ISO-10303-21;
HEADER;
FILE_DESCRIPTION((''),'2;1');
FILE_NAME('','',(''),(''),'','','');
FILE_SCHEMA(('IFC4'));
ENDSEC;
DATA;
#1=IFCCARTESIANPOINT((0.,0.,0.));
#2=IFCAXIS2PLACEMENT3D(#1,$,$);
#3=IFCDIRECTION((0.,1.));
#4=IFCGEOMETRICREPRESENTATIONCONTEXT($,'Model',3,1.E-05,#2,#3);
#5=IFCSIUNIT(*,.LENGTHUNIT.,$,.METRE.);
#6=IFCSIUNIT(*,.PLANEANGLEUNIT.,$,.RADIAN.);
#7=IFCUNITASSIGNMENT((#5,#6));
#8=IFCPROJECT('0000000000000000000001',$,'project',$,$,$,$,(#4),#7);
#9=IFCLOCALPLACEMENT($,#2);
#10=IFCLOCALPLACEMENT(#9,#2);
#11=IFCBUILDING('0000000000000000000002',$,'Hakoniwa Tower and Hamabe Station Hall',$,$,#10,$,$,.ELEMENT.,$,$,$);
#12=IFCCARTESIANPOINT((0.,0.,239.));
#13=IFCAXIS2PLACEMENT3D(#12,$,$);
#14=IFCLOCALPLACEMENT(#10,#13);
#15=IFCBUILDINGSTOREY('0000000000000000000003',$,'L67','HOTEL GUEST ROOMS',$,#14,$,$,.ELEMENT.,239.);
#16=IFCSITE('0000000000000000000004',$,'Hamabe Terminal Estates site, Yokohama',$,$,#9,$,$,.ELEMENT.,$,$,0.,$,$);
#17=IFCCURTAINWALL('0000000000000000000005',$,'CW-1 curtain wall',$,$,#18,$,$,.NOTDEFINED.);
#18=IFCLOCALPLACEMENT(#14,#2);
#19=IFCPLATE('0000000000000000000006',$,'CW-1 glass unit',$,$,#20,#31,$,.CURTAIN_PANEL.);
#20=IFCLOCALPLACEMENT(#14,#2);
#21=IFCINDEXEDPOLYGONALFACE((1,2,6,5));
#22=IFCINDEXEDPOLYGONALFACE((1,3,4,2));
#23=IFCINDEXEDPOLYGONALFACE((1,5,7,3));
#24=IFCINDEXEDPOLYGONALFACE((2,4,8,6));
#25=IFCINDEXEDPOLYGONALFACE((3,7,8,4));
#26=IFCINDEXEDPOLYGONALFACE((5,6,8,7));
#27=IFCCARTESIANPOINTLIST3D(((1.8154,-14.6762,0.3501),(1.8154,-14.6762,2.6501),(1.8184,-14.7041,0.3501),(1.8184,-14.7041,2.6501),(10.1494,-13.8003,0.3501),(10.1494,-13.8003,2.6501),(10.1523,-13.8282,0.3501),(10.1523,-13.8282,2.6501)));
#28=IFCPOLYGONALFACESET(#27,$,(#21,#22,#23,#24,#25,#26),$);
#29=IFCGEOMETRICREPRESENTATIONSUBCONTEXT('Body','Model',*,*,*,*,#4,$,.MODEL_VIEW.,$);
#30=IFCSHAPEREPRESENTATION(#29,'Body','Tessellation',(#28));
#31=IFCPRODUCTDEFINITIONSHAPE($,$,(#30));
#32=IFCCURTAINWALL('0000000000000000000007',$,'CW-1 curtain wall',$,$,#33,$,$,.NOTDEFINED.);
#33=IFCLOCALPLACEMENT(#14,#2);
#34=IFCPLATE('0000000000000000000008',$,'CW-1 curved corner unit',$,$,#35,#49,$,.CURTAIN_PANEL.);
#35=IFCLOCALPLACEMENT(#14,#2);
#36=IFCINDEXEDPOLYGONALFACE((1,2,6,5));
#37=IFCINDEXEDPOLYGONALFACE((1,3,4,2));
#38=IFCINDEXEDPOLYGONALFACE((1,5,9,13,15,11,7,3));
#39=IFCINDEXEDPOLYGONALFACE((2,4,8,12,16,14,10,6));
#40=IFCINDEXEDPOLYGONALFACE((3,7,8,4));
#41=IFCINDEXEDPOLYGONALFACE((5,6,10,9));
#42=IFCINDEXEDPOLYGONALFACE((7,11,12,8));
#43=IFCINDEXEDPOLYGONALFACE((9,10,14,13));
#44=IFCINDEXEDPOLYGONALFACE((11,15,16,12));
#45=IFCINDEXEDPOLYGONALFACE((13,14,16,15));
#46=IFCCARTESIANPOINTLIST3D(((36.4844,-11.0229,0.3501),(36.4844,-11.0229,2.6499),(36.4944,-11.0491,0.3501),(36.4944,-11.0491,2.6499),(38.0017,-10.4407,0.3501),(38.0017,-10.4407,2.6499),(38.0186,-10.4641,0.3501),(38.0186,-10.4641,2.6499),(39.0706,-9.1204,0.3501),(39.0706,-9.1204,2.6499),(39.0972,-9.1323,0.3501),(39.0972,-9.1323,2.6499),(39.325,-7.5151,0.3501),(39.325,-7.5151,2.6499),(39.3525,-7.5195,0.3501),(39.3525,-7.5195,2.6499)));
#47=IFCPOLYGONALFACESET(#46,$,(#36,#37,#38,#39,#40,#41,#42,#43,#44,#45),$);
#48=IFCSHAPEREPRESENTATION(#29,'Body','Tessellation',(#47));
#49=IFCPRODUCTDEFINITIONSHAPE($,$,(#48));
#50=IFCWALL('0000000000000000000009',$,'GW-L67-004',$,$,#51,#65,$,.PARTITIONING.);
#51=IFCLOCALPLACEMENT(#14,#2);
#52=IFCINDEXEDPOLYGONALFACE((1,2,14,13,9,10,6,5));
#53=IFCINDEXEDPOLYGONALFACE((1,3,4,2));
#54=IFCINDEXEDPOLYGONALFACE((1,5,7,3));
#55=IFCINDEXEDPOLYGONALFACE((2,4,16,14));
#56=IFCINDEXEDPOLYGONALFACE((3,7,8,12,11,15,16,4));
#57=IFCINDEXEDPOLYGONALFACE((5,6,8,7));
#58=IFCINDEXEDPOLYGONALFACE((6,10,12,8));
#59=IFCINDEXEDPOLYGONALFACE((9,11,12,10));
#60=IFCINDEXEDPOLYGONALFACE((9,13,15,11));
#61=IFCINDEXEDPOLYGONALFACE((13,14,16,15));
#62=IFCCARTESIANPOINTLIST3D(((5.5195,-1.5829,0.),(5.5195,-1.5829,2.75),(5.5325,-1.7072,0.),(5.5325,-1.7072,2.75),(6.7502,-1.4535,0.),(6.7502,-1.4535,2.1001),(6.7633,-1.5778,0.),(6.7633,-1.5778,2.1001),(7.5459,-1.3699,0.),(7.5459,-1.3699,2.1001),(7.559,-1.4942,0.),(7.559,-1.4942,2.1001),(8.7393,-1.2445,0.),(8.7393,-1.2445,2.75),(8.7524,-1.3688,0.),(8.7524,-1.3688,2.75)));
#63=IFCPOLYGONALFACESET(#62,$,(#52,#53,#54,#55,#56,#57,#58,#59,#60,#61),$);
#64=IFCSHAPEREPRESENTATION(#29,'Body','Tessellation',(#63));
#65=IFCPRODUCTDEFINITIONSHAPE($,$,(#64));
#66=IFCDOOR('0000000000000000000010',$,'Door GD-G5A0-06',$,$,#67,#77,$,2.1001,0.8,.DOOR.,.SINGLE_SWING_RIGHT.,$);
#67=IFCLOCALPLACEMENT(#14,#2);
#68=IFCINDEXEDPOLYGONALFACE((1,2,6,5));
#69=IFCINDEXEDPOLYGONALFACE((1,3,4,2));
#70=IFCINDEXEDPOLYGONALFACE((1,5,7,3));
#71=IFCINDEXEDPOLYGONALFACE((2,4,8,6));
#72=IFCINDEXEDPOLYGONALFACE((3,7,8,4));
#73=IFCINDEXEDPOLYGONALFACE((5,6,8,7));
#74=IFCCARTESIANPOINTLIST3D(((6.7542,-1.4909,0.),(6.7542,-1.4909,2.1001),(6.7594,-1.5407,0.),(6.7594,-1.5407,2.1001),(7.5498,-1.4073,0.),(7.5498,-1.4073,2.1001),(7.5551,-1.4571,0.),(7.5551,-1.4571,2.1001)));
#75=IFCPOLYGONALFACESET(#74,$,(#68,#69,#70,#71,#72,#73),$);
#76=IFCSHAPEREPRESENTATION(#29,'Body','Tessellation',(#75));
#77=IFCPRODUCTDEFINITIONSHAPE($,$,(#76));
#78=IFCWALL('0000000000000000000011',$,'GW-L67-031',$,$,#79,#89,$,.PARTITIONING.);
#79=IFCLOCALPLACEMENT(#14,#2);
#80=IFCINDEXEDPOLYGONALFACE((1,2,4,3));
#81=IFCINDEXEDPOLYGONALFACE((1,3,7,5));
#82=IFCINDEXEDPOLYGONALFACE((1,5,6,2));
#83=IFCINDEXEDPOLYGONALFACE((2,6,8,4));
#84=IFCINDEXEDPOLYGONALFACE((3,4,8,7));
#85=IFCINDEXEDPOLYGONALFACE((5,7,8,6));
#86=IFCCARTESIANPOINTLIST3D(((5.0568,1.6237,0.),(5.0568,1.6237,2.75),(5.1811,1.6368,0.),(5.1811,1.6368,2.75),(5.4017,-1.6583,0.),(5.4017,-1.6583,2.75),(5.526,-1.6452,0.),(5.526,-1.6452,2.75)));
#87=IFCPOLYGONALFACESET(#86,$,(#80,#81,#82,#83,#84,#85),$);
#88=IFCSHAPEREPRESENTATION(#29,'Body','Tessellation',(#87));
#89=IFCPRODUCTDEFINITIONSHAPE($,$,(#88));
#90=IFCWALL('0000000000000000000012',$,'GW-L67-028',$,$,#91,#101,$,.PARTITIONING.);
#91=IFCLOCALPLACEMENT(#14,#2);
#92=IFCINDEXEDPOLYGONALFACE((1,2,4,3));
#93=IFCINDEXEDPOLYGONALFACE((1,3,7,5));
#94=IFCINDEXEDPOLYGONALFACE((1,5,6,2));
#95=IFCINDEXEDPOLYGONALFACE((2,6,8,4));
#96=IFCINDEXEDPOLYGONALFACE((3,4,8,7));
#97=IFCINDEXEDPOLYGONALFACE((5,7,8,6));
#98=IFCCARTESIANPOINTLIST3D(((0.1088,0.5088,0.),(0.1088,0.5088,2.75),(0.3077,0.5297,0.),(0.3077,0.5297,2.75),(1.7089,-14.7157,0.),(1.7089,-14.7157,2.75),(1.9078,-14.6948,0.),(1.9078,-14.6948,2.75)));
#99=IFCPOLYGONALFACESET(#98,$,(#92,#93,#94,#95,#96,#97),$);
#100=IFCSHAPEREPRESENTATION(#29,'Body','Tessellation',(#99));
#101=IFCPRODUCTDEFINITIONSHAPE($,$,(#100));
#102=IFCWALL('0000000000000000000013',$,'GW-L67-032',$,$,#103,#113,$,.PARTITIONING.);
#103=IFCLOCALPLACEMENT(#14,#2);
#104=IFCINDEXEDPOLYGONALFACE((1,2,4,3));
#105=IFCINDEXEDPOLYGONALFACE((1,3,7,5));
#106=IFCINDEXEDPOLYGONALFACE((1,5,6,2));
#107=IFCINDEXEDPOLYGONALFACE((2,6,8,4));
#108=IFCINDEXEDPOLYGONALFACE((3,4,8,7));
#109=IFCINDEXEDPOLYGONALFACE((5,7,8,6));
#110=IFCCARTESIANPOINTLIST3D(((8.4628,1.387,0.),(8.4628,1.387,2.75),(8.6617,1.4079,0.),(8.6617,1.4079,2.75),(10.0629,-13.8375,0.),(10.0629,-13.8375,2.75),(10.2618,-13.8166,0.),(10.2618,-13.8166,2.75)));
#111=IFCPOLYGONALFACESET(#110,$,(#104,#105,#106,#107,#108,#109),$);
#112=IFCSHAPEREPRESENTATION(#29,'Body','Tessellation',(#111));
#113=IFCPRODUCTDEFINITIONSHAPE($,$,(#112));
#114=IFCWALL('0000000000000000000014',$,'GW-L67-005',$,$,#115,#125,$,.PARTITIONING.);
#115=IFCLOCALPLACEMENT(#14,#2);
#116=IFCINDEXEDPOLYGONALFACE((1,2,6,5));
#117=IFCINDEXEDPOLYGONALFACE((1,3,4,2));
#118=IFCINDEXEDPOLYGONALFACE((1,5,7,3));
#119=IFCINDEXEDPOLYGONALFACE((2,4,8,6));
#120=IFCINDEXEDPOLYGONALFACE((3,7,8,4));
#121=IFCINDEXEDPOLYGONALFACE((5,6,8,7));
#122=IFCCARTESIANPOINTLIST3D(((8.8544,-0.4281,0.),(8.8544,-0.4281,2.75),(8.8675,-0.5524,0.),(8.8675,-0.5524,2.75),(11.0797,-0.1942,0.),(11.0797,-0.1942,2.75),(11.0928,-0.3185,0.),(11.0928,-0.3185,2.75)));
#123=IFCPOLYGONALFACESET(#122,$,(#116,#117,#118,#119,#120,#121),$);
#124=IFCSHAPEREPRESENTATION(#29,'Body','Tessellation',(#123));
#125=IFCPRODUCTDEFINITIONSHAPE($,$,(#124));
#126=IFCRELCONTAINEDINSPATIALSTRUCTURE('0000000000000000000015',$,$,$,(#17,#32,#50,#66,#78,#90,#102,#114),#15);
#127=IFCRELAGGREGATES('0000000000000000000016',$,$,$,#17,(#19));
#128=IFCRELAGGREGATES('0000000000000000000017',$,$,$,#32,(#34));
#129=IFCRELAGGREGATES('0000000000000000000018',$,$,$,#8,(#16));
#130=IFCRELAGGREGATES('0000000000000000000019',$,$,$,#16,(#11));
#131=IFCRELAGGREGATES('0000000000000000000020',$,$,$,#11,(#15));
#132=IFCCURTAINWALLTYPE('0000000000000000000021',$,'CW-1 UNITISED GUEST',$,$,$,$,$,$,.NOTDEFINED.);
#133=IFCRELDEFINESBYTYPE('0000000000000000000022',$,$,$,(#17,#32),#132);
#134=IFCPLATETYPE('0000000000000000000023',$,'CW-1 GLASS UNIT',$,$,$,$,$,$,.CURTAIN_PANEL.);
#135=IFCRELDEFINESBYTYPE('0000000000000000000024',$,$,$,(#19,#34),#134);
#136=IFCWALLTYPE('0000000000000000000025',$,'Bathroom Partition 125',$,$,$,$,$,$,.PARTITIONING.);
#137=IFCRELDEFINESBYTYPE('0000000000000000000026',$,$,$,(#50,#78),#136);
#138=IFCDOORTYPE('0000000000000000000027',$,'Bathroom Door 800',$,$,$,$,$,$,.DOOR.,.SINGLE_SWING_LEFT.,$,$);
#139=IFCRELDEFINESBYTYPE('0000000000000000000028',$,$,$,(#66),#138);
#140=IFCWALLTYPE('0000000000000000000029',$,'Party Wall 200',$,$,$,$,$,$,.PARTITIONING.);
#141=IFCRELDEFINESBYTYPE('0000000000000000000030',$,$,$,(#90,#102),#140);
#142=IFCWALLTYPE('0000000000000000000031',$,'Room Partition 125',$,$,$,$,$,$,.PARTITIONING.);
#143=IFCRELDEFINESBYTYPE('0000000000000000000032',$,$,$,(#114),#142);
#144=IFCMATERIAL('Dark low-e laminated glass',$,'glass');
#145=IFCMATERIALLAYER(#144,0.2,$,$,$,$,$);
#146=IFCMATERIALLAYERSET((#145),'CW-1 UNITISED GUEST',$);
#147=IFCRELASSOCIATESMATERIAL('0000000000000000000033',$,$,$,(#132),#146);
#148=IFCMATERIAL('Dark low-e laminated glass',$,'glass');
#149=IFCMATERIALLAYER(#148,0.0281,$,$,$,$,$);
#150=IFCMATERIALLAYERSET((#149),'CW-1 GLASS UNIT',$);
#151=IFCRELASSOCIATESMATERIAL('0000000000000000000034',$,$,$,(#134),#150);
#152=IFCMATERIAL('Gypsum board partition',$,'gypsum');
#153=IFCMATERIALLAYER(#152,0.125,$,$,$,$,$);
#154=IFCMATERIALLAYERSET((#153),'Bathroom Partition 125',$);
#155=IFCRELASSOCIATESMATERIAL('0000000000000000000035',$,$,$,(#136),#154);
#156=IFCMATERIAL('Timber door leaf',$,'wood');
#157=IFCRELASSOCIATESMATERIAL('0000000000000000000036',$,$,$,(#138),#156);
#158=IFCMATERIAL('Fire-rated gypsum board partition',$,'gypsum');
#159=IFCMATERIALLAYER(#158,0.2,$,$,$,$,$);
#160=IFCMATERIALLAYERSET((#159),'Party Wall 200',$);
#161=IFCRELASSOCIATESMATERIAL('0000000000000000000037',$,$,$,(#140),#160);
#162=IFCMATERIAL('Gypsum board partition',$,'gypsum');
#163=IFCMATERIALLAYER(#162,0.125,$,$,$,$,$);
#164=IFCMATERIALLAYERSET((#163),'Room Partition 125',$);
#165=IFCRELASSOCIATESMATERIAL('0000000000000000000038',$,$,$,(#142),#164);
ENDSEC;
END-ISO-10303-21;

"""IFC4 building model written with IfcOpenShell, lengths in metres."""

from ifc_helpers import new_model, si_unit, direction, frame, frame_2d, origin, origin_2d, place, context, subcontext, project, spatial, polyline, rectangle, outline, extrude, material, layer, layer_set, type_object, element, fill, aggregate, save


model = new_model("IFC4")

# Units and contexts
model_context = context("Model", 3, precision=1e-05, world=origin(), true_north=direction((0.0, 1.0)))
body_context = subcontext(model_context, "Body", "Model", "MODEL_VIEW")
ifc_project = project(units=[si_unit("LENGTHUNIT", "METRE"), si_unit("PLANEANGLEUNIT", "RADIAN")], contexts=[model_context])

# Site, building, storey
site_placement = place(None, origin())
site = spatial("IfcSite", under=ifc_project, at=site_placement, Name="Hamabe Terminal Estates site, Yokohama", CompositionType="ELEMENT", RefElevation=0.0)
building_placement = place(site_placement, origin())
building = spatial("IfcBuilding", under=site, at=building_placement, Name="Hakoniwa Tower and Hamabe Station Hall", CompositionType="ELEMENT")
storey_placement = place(building_placement, frame((0.0, 0.0, 239.0)))
storey = spatial("IfcBuildingStorey", under=building, at=storey_placement, Name="L67", Description="HOTEL GUEST ROOMS", CompositionType="ELEMENT", Elevation=239.0)

# Curtain wall
ifc_material_1 = material(Name="Dark low-e laminated glass", Category="glass")
ifc_layer_1 = layer(ifc_material_1, 0.2)
ifc_layer_set_1 = layer_set([ifc_layer_1], Name="CW-1 UNITISED GUEST")
curtain_wall_type = type_object("IfcCurtainWallType", Name="CW-1 UNITISED GUEST", PredefinedType="NOTDEFINED", material=ifc_layer_set_1)
curtain_wall_1_placement = place(storey_placement, origin())
curtain_wall_1 = element("IfcCurtainWall", 1, at=curtain_wall_1_placement, inside=storey, type_object=curtain_wall_type, Name="CW-1 curtain wall", PredefinedType="NOTDEFINED")

# Plate
ifc_material_2 = material(Name="Dark low-e laminated glass", Category="glass")
ifc_layer_2 = layer(ifc_material_2, 0.0281)
ifc_layer_set_2 = layer_set([ifc_layer_2], Name="CW-1 GLASS UNIT")
plate_type = type_object("IfcPlateType", Name="CW-1 GLASS UNIT", PredefinedType="CURTAIN_PANEL", material=ifc_layer_set_2)
plate_1_placement = place(storey_placement, frame((5.9839, -14.2522, 0.3501), z_axis=(0.0, 0.0, 1.0), x_axis=(0.994522, 0.104528, 0.0)))
plate_1 = element("IfcPlate", 2, at=plate_1_placement, type_object=plate_type, Name="CW-1 glass unit", PredefinedType="CURTAIN_PANEL", context=body_context, shape_type="SweptSolid", body=[
    extrude(rectangle(XDim=8.3799, YDim=0.0281, at=origin_2d()), origin(), (0.0, 0.0, 1.0), 2.3),
])
aggregate(curtain_wall_1, [plate_1])

# Curtain wall, plate
curtain_wall_2_placement = place(storey_placement, origin())
curtain_wall_2 = element("IfcCurtainWall", 3, at=curtain_wall_2_placement, inside=storey, type_object=curtain_wall_type, Name="CW-1 curtain wall", PredefinedType="NOTDEFINED")
plate_2_placement = place(storey_placement, frame((0.0, 0.0, 0.3501)))
plate_2 = element("IfcPlate", 4, at=plate_2_placement, type_object=plate_type, Name="CW-1 curved corner unit", PredefinedType="CURTAIN_PANEL", context=body_context, shape_type="SweptSolid", body=[
    extrude(outline(polyline([(36.4944, -11.0491), (38.0186, -10.4641), (39.0972, -9.1323), (39.3525, -7.5195), (39.325, -7.5151), (39.0706, -9.1204), (38.0017, -10.4407), (36.4844, -11.0229), (36.4944, -11.0491)])), origin(), (0.0, 0.0, 1.0), 2.2998),
])
aggregate(curtain_wall_2, [plate_2])

# Wall, opening, door
ifc_material_3 = material(Name="Gypsum board partition", Category="gypsum")
ifc_layer_3 = layer(ifc_material_3, 0.125)
ifc_layer_set_3 = layer_set([ifc_layer_3], Name="Bathroom Partition 125")
wall_type_1 = type_object("IfcWallType", Name="Bathroom Partition 125", PredefinedType="PARTITIONING", material=ifc_layer_set_3)
wall_1_placement = place(storey_placement, frame((5.5261, -1.645, 0.0), z_axis=(0.0, 0.0, 1.0), x_axis=(0.994523, 0.10452, 0.0)))
wall_1 = element("IfcWall", 5, at=wall_1_placement, inside=storey, type_object=wall_type_1, Name="GW-L67-004", PredefinedType="PARTITIONING", context=body_context, shape_type="SweptSolid", body=[
    extrude(rectangle(XDim=3.2375, YDim=0.125, at=frame_2d((1.6187, 0.0))), origin(), (0.0, 0.0, 1.0), 2.75),
])
opening_placement = place(wall_1_placement, frame((1.2375, 0.0, 0.0)))
opening = element("IfcOpeningElement", 6, at=opening_placement, cuts=wall_1, PredefinedType="OPENING", context=body_context, shape_type="SweptSolid", body=[
    extrude(rectangle(XDim=0.8, YDim=2.1001, at=frame_2d((0.3999, 1.05))), frame((0.0, 0.0725, 0.0), z_axis=(0.0, -1.0, 0.0), x_axis=(1.0, 0.0, 0.0)), (0.0, 0.0, 1.0), 0.145),
])
ifc_material_4 = material(Name="Timber door leaf", Category="wood")
door_type = type_object("IfcDoorType", Name="Bathroom Door 800", OperationType="SINGLE_SWING_LEFT", PredefinedType="DOOR", material=ifc_material_4)
door_placement = place(opening_placement, origin())
door = element("IfcDoor", 7, at=door_placement, inside=storey, type_object=door_type, Name="Door GD-G5A0-06", OperationType="SINGLE_SWING_RIGHT", OverallHeight=2.1001, OverallWidth=0.8, PredefinedType="DOOR", context=body_context, shape_type="SweptSolid", body=[
    extrude(rectangle(XDim=0.8, YDim=2.1001, at=frame_2d((0.3999, 1.05))), frame((0.0, 0.0249, 0.0), z_axis=(0.0, -1.0, 0.0), x_axis=(1.0, 0.0, 0.0)), (0.0, 0.0, 1.0), 0.05),
])
fill(opening, door)

# Walls
wall_2_placement = place(storey_placement, frame((5.4639, -1.6516, 0.0), z_axis=(0.0, 0.0, 1.0), x_axis=(-0.104535, 0.994521, 0.0)))
element("IfcWall", 8, at=wall_2_placement, inside=storey, type_object=wall_type_1, Name="GW-L67-031", PredefinedType="PARTITIONING", context=body_context, shape_type="SweptSolid", body=[
    extrude(rectangle(XDim=3.3, YDim=0.125, at=frame_2d((1.6499, 0.0))), origin(), (0.0, 0.0, 1.0), 2.75),
])
ifc_material_5 = material(Name="Fire-rated gypsum board partition", Category="gypsum")
ifc_layer_4 = layer(ifc_material_5, 0.2)
ifc_layer_set_4 = layer_set([ifc_layer_4], Name="Party Wall 200")
wall_type_2 = type_object("IfcWallType", Name="Party Wall 200", PredefinedType="PARTITIONING", material=ifc_layer_set_4)
for number, where, z_axis, x_axis, name in (
    (9, (1.8083, -14.7053, 0.0), (0.0, 0.0, 1.0), (-0.104524, 0.994522, 0.0), "GW-L67-028"),
    (10, (10.1624, -13.8271, 0.0), (0.0, 0.0, 1.0), (-0.104524, 0.994522, 0.0), "GW-L67-032"),
):
    element("IfcWall", number, at=place(storey_placement, frame(where, z_axis=z_axis, x_axis=x_axis)), inside=storey, type_object=wall_type_2, Name=name, PredefinedType="PARTITIONING", context=body_context, shape_type="SweptSolid", body=[
        extrude(rectangle(XDim=15.3083, YDim=0.2, at=frame_2d((7.6543, 0.0))), origin(), (0.0, 0.0, 1.0), 2.75),
    ])
ifc_material_6 = material(Name="Gypsum board partition", Category="gypsum")
ifc_layer_5 = layer(ifc_material_6, 0.125)
ifc_layer_set_5 = layer_set([ifc_layer_5], Name="Room Partition 125")
wall_type_3 = type_object("IfcWallType", Name="Room Partition 125", PredefinedType="PARTITIONING", material=ifc_layer_set_5)
wall_3_placement = place(storey_placement, frame((8.8611, -0.4902, 0.0), z_axis=(0.0, 0.0, 1.0), x_axis=(0.994522, 0.104526, 0.0)))
element("IfcWall", 11, at=wall_3_placement, inside=storey, type_object=wall_type_3, Name="GW-L67-005", PredefinedType="PARTITIONING", context=body_context, shape_type="SweptSolid", body=[
    extrude(rectangle(XDim=2.2375, YDim=0.125, at=frame_2d((1.1187, 0.0))), origin(), (0.0, 0.0, 1.0), 2.75),
])

save(model, "model.ifc")
